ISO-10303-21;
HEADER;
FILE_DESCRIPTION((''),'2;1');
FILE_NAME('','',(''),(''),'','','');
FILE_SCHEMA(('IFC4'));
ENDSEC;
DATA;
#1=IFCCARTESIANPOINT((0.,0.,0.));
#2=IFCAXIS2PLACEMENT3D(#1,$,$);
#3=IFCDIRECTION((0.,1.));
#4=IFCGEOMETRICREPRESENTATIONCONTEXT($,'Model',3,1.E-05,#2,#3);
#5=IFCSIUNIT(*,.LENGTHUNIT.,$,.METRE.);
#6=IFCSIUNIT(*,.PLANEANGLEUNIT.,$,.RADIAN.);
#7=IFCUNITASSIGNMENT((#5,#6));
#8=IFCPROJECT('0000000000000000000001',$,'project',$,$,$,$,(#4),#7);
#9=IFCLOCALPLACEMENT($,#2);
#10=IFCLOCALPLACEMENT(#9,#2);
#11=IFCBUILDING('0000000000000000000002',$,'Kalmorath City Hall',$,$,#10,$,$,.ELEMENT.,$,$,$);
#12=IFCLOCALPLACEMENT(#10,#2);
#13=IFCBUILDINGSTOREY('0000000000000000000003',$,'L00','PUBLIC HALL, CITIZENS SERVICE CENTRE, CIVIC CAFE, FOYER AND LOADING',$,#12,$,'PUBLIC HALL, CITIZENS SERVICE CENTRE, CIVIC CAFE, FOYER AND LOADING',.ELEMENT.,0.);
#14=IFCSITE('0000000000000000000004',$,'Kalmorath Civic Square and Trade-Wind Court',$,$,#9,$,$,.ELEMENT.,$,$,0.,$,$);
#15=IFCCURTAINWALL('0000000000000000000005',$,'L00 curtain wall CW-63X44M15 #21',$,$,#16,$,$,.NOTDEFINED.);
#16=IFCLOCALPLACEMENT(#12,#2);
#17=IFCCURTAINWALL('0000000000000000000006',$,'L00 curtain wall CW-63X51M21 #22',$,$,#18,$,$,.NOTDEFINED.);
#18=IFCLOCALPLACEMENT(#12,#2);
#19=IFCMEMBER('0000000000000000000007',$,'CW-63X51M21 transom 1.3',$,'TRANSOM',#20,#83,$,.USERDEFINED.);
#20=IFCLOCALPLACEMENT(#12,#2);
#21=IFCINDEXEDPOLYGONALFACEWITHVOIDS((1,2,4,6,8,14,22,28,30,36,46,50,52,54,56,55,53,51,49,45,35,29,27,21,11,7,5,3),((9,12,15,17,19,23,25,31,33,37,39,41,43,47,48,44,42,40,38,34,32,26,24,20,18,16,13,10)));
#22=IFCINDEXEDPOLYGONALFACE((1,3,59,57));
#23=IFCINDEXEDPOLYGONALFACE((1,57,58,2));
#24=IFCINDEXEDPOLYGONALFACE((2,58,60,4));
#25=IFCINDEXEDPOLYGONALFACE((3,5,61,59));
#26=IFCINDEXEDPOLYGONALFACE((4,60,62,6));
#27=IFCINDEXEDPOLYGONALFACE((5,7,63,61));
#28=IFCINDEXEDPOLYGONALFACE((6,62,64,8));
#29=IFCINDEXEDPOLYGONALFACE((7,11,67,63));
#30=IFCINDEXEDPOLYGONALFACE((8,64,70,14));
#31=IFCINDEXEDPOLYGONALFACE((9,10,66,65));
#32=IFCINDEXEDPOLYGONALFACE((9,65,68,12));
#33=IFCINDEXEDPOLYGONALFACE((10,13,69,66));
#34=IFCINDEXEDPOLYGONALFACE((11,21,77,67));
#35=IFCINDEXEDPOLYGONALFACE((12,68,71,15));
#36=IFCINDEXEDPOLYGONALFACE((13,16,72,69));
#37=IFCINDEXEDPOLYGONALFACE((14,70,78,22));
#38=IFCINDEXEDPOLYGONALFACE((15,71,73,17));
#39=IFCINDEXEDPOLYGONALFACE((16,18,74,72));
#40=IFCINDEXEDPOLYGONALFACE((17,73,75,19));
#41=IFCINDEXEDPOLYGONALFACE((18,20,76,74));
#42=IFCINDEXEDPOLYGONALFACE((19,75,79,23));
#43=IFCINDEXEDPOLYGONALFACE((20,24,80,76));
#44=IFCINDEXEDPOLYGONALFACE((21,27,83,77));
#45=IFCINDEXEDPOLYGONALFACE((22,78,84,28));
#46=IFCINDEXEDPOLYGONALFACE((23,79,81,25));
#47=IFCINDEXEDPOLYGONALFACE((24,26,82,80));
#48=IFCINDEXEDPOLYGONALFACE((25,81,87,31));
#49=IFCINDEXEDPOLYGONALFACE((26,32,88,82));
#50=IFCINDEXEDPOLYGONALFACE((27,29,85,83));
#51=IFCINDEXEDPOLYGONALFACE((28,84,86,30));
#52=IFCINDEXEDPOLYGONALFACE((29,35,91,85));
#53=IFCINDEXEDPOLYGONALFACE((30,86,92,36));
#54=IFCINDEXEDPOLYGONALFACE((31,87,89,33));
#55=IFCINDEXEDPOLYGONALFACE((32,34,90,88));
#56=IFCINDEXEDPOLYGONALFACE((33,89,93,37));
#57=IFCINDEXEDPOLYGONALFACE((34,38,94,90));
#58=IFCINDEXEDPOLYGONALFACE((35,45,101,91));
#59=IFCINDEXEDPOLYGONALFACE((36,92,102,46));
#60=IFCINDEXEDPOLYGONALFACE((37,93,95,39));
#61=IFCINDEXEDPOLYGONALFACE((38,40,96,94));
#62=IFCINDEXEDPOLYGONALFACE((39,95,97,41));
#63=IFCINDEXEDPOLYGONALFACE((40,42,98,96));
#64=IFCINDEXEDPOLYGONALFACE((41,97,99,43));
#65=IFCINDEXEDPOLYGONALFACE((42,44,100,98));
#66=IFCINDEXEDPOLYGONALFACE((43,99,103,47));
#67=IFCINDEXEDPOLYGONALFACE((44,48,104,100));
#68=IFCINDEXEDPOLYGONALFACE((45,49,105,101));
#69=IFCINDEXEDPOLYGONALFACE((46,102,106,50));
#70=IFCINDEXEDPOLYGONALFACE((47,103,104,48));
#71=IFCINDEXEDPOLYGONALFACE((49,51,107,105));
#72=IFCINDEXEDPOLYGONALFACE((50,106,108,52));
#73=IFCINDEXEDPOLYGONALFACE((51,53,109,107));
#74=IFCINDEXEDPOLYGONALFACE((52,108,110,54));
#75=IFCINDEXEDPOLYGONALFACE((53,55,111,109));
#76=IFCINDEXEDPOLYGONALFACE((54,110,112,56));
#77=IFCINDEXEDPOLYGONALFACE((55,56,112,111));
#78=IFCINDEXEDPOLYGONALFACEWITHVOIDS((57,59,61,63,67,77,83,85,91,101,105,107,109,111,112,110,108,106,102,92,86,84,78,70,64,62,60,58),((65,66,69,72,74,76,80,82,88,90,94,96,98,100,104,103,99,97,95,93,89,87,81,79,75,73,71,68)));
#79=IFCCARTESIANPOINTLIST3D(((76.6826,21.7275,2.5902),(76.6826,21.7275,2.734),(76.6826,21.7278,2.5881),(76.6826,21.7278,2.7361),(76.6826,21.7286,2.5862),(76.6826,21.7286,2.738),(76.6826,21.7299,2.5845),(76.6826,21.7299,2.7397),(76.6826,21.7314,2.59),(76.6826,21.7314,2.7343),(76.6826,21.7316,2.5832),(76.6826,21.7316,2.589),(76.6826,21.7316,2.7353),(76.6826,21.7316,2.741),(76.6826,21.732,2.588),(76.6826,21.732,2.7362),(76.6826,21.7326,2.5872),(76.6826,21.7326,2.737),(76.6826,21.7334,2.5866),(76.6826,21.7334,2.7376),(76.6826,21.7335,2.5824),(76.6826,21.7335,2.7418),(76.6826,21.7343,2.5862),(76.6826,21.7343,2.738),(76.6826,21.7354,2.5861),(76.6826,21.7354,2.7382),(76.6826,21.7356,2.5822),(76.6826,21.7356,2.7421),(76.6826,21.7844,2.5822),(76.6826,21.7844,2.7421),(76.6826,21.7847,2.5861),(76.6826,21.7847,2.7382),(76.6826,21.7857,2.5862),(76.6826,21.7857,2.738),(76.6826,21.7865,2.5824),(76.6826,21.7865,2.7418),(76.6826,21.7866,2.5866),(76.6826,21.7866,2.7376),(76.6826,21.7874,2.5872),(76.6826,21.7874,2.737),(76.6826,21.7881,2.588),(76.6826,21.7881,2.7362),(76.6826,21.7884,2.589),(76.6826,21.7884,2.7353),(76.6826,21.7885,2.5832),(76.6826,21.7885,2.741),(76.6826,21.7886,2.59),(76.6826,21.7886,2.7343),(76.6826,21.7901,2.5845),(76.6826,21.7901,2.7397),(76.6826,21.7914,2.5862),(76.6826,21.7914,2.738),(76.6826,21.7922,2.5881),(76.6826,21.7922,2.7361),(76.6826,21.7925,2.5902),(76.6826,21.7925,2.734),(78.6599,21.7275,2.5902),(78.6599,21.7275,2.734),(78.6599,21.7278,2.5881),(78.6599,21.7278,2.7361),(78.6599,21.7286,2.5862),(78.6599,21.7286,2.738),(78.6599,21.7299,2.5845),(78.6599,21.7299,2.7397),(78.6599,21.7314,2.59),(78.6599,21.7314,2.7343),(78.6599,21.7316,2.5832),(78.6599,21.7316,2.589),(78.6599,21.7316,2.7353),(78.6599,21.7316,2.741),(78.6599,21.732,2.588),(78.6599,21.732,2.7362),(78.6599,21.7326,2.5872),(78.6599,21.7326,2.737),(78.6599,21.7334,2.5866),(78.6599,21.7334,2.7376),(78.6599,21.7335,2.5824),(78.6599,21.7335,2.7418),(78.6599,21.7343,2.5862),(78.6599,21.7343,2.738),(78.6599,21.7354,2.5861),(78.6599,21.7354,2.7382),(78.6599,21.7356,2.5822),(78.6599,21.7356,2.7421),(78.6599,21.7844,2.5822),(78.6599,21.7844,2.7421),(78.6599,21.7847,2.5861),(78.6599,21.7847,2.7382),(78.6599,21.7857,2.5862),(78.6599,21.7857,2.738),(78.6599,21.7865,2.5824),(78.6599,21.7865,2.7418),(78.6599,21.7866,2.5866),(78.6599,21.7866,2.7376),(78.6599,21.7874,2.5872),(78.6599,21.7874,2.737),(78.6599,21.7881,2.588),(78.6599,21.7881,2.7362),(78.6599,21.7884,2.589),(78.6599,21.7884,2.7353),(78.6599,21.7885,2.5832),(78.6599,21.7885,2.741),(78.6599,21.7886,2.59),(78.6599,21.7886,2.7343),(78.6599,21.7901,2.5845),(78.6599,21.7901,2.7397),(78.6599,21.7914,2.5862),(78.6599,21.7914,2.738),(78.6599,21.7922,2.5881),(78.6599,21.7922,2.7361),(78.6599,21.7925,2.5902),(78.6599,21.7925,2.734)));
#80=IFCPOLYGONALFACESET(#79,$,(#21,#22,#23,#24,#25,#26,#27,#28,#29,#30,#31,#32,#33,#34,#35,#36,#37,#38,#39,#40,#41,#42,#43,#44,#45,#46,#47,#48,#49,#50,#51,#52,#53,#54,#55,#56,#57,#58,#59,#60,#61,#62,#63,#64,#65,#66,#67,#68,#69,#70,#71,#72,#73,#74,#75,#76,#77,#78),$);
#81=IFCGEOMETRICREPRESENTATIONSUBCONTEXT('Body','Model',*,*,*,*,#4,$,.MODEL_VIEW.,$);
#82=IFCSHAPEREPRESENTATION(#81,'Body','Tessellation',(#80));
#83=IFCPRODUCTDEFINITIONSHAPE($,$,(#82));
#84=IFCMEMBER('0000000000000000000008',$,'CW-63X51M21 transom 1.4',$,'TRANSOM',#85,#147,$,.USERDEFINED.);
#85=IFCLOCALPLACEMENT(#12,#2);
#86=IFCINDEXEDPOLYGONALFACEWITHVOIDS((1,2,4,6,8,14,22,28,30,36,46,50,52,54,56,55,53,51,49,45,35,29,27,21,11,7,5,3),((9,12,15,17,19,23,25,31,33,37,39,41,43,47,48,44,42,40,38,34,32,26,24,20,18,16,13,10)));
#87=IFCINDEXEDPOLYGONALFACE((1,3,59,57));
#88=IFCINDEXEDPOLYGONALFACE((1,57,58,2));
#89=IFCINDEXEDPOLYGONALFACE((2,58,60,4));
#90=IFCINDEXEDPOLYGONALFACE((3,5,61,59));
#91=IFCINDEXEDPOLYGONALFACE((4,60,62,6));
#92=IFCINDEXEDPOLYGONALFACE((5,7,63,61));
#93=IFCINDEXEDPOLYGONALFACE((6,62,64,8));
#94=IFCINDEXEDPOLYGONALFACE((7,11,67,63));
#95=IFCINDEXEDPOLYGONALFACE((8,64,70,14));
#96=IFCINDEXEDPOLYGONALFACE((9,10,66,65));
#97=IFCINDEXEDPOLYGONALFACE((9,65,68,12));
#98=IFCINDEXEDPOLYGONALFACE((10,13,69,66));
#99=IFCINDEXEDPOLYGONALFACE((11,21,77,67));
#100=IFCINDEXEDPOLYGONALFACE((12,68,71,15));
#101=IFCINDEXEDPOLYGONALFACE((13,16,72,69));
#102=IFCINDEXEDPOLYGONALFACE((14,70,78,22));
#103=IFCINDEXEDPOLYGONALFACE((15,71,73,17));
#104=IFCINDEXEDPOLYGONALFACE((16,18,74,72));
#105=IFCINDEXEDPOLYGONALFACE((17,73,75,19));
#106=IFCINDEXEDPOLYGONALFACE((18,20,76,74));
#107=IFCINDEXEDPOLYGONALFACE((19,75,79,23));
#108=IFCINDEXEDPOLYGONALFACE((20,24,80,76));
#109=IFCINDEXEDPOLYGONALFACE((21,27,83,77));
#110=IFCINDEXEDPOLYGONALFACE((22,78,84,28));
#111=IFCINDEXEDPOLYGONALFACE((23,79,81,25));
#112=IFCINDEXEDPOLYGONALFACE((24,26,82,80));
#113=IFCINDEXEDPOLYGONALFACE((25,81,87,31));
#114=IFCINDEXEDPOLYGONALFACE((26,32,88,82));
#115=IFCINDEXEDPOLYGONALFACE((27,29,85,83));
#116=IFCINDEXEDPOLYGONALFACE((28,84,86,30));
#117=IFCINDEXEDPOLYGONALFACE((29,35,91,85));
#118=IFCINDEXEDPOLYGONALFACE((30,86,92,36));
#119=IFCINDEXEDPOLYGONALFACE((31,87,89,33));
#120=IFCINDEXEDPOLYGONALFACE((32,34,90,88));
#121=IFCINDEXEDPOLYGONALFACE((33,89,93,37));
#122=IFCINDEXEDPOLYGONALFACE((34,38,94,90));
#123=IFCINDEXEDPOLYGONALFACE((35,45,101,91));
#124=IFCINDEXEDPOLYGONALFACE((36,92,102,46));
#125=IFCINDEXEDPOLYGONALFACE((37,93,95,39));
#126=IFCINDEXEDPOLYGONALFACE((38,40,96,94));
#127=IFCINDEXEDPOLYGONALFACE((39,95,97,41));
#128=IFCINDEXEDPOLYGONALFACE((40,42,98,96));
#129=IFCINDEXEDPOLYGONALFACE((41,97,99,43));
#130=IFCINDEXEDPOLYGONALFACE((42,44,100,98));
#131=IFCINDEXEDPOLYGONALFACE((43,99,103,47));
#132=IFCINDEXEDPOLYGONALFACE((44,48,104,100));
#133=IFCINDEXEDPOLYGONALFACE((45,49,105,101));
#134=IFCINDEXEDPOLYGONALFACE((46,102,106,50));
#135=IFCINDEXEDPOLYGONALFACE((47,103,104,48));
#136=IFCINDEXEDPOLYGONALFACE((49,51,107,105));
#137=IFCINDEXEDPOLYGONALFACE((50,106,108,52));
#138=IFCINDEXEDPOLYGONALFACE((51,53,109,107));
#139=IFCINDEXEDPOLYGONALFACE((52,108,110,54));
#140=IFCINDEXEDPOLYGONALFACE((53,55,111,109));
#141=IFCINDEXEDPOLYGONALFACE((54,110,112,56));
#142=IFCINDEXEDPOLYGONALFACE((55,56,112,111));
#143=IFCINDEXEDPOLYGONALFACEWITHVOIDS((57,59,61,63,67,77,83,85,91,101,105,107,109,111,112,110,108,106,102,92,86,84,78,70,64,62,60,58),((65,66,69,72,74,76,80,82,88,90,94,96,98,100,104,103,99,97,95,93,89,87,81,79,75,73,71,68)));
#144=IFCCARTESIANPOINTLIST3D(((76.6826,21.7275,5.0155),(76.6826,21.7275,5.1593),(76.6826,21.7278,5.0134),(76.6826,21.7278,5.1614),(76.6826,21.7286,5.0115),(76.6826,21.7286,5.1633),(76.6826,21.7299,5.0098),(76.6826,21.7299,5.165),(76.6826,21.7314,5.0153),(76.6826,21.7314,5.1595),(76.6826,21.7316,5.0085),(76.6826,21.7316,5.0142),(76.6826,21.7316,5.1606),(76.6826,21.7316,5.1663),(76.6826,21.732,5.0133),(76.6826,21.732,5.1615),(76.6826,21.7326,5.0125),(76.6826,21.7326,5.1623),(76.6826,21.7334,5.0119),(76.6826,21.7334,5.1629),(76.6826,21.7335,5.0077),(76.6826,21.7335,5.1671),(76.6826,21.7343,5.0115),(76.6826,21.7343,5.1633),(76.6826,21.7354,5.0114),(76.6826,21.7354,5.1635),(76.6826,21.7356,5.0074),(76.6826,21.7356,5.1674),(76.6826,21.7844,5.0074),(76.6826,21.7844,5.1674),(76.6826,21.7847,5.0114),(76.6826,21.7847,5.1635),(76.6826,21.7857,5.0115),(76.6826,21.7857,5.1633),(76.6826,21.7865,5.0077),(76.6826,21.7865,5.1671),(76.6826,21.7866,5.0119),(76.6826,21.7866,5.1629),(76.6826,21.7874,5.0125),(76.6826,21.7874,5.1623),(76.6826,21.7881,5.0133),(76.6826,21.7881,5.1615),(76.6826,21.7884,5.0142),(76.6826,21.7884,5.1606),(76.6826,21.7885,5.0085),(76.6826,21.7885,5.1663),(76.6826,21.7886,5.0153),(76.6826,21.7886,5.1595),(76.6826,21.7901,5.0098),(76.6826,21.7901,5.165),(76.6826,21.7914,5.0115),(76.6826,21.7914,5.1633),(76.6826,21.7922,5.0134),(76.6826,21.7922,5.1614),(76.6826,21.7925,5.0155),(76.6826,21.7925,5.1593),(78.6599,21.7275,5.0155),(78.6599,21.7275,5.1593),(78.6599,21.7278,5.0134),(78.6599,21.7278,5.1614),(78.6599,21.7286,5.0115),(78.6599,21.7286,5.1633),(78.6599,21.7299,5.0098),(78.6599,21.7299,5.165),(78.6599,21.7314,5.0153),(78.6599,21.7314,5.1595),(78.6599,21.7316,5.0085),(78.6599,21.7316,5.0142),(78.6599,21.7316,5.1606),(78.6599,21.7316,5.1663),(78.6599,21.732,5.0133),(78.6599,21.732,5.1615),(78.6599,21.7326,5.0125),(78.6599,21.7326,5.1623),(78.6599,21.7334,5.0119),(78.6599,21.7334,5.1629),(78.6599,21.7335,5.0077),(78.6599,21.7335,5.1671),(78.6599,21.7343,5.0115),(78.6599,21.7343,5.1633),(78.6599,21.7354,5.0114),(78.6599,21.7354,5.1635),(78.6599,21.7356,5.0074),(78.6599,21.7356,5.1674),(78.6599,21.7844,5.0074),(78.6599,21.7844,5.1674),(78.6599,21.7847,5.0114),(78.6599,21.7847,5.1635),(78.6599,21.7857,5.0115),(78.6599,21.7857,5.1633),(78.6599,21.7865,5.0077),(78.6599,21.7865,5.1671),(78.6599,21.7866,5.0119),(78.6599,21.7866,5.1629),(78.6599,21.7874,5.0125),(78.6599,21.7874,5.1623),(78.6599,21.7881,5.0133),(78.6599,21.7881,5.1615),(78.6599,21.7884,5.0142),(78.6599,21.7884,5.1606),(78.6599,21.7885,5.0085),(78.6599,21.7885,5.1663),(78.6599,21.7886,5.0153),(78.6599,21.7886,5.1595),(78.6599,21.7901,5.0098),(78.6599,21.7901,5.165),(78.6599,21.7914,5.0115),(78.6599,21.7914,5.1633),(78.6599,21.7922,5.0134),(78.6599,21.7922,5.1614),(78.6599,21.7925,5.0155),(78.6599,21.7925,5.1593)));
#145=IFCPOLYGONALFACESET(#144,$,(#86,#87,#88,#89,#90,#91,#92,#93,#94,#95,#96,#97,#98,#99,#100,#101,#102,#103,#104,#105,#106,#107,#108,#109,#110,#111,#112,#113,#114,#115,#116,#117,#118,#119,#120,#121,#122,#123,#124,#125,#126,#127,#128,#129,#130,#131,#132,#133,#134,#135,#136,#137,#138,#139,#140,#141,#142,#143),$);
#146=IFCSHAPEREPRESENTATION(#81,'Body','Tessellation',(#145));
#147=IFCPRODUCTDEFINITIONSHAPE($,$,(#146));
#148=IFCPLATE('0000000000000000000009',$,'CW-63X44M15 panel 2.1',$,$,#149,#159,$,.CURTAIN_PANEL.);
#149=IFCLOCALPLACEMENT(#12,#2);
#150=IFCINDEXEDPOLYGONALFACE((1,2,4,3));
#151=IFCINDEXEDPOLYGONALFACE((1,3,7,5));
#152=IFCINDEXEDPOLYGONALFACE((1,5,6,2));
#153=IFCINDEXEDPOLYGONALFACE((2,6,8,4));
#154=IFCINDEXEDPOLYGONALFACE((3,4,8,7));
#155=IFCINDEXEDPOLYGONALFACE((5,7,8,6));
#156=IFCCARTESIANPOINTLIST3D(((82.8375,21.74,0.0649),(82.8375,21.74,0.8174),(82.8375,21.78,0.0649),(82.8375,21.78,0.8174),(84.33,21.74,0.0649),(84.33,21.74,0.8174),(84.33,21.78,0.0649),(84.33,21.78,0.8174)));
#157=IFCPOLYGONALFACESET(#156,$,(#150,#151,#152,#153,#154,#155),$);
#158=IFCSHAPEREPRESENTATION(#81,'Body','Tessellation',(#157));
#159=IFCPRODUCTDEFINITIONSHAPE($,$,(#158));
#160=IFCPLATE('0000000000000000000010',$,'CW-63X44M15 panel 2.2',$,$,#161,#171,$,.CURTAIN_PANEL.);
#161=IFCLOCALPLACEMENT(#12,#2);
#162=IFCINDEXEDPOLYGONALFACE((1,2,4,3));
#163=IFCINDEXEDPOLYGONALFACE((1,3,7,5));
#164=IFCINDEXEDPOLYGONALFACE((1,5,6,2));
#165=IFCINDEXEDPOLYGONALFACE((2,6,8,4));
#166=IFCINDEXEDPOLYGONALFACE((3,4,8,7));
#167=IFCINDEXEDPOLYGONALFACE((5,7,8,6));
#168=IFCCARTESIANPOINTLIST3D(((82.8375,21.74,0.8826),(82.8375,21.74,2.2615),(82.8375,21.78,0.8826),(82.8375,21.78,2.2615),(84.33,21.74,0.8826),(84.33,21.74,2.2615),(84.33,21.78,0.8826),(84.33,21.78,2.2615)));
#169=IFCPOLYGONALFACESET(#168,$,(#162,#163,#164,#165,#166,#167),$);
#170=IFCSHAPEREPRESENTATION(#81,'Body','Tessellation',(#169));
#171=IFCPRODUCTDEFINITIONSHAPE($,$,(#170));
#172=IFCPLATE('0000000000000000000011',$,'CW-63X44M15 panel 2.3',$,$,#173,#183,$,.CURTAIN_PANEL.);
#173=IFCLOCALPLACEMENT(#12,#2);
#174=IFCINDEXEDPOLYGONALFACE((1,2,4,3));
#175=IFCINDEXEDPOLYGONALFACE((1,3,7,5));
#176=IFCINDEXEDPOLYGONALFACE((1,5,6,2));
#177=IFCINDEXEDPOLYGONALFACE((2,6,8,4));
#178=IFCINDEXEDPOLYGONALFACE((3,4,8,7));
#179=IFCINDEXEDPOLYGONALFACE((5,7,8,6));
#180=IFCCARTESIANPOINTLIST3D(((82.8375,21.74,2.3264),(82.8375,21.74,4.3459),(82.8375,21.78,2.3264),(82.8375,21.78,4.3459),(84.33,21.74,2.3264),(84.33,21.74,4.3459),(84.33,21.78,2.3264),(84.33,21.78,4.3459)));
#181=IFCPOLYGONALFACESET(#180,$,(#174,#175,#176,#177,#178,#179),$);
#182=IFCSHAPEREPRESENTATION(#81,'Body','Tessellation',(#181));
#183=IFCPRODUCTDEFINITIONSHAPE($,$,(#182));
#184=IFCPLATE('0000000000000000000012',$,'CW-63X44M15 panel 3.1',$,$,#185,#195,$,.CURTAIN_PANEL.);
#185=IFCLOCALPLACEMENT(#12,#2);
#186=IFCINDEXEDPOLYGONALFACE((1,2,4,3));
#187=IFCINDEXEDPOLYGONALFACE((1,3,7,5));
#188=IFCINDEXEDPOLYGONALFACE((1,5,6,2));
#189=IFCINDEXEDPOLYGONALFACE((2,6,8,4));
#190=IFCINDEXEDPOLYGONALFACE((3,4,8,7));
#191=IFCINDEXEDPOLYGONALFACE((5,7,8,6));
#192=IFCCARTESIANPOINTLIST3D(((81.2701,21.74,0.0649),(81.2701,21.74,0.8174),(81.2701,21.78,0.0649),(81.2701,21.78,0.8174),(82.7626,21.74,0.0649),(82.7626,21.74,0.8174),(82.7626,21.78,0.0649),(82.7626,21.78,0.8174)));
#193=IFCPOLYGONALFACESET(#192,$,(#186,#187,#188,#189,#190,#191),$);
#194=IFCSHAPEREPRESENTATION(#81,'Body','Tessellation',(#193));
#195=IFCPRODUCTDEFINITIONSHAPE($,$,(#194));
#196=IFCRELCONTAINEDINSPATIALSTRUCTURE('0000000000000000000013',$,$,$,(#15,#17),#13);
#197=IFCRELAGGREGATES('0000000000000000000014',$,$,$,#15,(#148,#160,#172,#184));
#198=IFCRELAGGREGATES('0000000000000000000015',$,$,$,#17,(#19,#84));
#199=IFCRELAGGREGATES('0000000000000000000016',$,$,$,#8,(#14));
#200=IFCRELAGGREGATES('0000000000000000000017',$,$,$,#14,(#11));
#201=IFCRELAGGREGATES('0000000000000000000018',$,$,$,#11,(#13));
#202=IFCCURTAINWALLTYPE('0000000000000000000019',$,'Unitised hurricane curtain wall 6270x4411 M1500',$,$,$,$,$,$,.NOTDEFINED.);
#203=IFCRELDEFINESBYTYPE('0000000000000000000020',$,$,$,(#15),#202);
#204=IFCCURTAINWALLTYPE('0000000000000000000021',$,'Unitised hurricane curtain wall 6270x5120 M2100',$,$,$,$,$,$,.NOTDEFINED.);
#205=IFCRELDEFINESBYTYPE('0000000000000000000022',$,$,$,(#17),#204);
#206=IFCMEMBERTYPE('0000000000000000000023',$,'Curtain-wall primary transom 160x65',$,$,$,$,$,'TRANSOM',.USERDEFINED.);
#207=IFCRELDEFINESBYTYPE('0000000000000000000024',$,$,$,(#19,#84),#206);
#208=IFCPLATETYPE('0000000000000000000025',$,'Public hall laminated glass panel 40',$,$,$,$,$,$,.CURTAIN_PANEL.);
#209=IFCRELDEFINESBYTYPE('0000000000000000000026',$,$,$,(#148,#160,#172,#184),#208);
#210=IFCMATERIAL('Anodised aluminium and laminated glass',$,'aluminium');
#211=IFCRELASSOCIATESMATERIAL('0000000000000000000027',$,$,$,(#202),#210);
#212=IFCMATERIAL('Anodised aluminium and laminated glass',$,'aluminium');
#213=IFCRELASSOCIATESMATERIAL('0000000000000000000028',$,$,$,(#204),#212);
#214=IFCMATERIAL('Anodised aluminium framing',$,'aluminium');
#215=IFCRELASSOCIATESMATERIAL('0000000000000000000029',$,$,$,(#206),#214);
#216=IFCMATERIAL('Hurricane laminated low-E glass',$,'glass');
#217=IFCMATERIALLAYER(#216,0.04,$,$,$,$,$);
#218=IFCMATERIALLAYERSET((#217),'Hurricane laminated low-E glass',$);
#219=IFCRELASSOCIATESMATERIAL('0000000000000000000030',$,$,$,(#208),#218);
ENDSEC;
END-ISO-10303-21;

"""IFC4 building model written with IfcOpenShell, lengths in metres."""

from ifc_helpers import new_model, si_unit, direction, frame, origin, origin_2d, place, context, subcontext, project, spatial, rectangle, hollow_rectangle, extrude, material, layer, layer_set, material_profile, profile_set, type_object, element, aggregate, save


model = new_model("IFC4")

# Units and contexts
model_context = context("Model", 3, precision=1e-05, world=origin(), true_north=direction((0.0, 1.0)))
body_context = subcontext(model_context, "Body", "Model", "MODEL_VIEW")
ifc_project = project(units=[si_unit("LENGTHUNIT", "METRE"), si_unit("PLANEANGLEUNIT", "RADIAN")], contexts=[model_context])

# Site, building, storey
site_placement = place(None, origin())
site = spatial("IfcSite", under=ifc_project, at=site_placement, Name="Kalmorath Civic Square and Trade-Wind Court", CompositionType="ELEMENT", RefElevation=0.0)
building_placement = place(site_placement, origin())
building = spatial("IfcBuilding", under=site, at=building_placement, Name="Kalmorath City Hall", CompositionType="ELEMENT")
storey_placement = place(building_placement, origin())
storey = spatial("IfcBuildingStorey", under=building, at=storey_placement, Name="L00", Description="PUBLIC HALL, CITIZENS SERVICE CENTRE, CIVIC CAFE, FOYER AND LOADING", LongName="PUBLIC HALL, CITIZENS SERVICE CENTRE, CIVIC CAFE, FOYER AND LOADING", CompositionType="ELEMENT", Elevation=0.0)

# Curtain wall
ifc_material_1 = material(Name="Anodised aluminium and laminated glass", Category="aluminium")
curtain_wall_type_1 = type_object("IfcCurtainWallType", Name="Unitised hurricane curtain wall 6270x4411 M1500", PredefinedType="NOTDEFINED", material=ifc_material_1)
curtain_wall_1_placement = place(storey_placement, origin())
curtain_wall_1 = element("IfcCurtainWall", 1, at=curtain_wall_1_placement, inside=storey, type_object=curtain_wall_type_1, Name="L00 curtain wall CW-63X44M15 #21", PredefinedType="NOTDEFINED")

# Curtain wall
ifc_material_2 = material(Name="Anodised aluminium and laminated glass", Category="aluminium")
curtain_wall_type_2 = type_object("IfcCurtainWallType", Name="Unitised hurricane curtain wall 6270x5120 M2100", PredefinedType="NOTDEFINED", material=ifc_material_2)
curtain_wall_2_placement = place(storey_placement, origin())
curtain_wall_2 = element("IfcCurtainWall", 2, at=curtain_wall_2_placement, inside=storey, type_object=curtain_wall_type_2, Name="L00 curtain wall CW-63X51M21 #22", PredefinedType="NOTDEFINED")

# Members
ifc_material_3 = material(Name="Anodised aluminium framing", Category="aluminium")
ifc_material_profile_1 = material_profile(ifc_material_3, hollow_rectangle(XDim=0.0649, YDim=0.1599, WallThickness=0.0039, InnerFilletRadius=0.0039, OuterFilletRadius=0.0081, at=origin_2d()), Name="ALU-TRN-160X65X4")
ifc_profile_set_1 = profile_set([ifc_material_profile_1], Name="Anodised aluminium framing")
member_type_1 = type_object("IfcMemberType", Name="Curtain-wall primary transom 160x65", ElementType="TRANSOM", PredefinedType="USERDEFINED", material=ifc_profile_set_1)
member_1_placement = place(storey_placement, frame((78.6599, 21.76, 2.6621), z_axis=(-1.0, 0.0, 0.0), x_axis=(0.0, -1.0, 0.0)))
member_1 = element("IfcMember", 3, at=member_1_placement, type_object=member_type_1, Name="CW-63X51M21 transom 1.3", ObjectType="TRANSOM", PredefinedType="USERDEFINED", context=body_context, shape_type="SweptSolid", body=[
    extrude(hollow_rectangle(XDim=0.0649, YDim=0.1599, WallThickness=0.0039, InnerFilletRadius=0.0039, OuterFilletRadius=0.0081, at=origin_2d()), origin(), (0.0, 0.0, 1.0), 1.9773),
])
member_2_placement = place(storey_placement, frame((78.6599, 21.76, 5.0874), z_axis=(-1.0, 0.0, 0.0), x_axis=(0.0, -1.0, 0.0)))
member_2 = element("IfcMember", 4, at=member_2_placement, type_object=member_type_1, Name="CW-63X51M21 transom 1.4", ObjectType="TRANSOM", PredefinedType="USERDEFINED", context=body_context, shape_type="SweptSolid", body=[
    extrude(hollow_rectangle(XDim=0.0649, YDim=0.1599, WallThickness=0.0039, InnerFilletRadius=0.0039, OuterFilletRadius=0.0081, at=origin_2d()), origin(), (0.0, 0.0, 1.0), 1.9773),
])

# Plates
ifc_material_4 = material(Name="Hurricane laminated low-E glass", Category="glass")
ifc_layer = layer(ifc_material_4, 0.04)
ifc_layer_set = layer_set([ifc_layer], Name="Hurricane laminated low-E glass")
plate_type = type_object("IfcPlateType", Name="Public hall laminated glass panel 40", PredefinedType="CURTAIN_PANEL", material=ifc_layer_set)
plate_1_placement = place(storey_placement, frame((83.5837, 21.76, 0.0649), z_axis=(0.0, 0.0, 1.0), x_axis=(-1.0, 0.0, 0.0)))
plate_1 = element("IfcPlate", 5, at=plate_1_placement, type_object=plate_type, Name="CW-63X44M15 panel 2.1", PredefinedType="CURTAIN_PANEL", context=body_context, shape_type="SweptSolid", body=[
    extrude(rectangle(XDim=1.4924, YDim=0.04, at=origin_2d()), origin(), (0.0, 0.0, 1.0), 0.7524),
])
plate_2_placement = place(storey_placement, frame((83.5837, 21.76, 0.8826), z_axis=(0.0, 0.0, 1.0), x_axis=(-1.0, 0.0, 0.0)))
plate_2 = element("IfcPlate", 6, at=plate_2_placement, type_object=plate_type, Name="CW-63X44M15 panel 2.2", PredefinedType="CURTAIN_PANEL", context=body_context, shape_type="SweptSolid", body=[
    extrude(rectangle(XDim=1.4924, YDim=0.04, at=origin_2d()), origin(), (0.0, 0.0, 1.0), 1.3789),
])
plate_3_placement = place(storey_placement, frame((83.5837, 21.76, 2.3264), z_axis=(0.0, 0.0, 1.0), x_axis=(-1.0, 0.0, 0.0)))
plate_3 = element("IfcPlate", 7, at=plate_3_placement, type_object=plate_type, Name="CW-63X44M15 panel 2.3", PredefinedType="CURTAIN_PANEL", context=body_context, shape_type="SweptSolid", body=[
    extrude(rectangle(XDim=1.4924, YDim=0.04, at=origin_2d()), origin(), (0.0, 0.0, 1.0), 2.0195),
])
plate_4_placement = place(storey_placement, frame((82.0164, 21.76, 0.0649), z_axis=(0.0, 0.0, 1.0), x_axis=(-1.0, 0.0, 0.0)))
plate_4 = element("IfcPlate", 8, at=plate_4_placement, type_object=plate_type, Name="CW-63X44M15 panel 3.1", PredefinedType="CURTAIN_PANEL", context=body_context, shape_type="SweptSolid", body=[
    extrude(rectangle(XDim=1.4924, YDim=0.04, at=origin_2d()), origin(), (0.0, 0.0, 1.0), 0.7524),
])
aggregate(curtain_wall_1, [plate_1, plate_2, plate_3, plate_4])
aggregate(curtain_wall_2, [member_1, member_2])

save(model, "model.ifc")
